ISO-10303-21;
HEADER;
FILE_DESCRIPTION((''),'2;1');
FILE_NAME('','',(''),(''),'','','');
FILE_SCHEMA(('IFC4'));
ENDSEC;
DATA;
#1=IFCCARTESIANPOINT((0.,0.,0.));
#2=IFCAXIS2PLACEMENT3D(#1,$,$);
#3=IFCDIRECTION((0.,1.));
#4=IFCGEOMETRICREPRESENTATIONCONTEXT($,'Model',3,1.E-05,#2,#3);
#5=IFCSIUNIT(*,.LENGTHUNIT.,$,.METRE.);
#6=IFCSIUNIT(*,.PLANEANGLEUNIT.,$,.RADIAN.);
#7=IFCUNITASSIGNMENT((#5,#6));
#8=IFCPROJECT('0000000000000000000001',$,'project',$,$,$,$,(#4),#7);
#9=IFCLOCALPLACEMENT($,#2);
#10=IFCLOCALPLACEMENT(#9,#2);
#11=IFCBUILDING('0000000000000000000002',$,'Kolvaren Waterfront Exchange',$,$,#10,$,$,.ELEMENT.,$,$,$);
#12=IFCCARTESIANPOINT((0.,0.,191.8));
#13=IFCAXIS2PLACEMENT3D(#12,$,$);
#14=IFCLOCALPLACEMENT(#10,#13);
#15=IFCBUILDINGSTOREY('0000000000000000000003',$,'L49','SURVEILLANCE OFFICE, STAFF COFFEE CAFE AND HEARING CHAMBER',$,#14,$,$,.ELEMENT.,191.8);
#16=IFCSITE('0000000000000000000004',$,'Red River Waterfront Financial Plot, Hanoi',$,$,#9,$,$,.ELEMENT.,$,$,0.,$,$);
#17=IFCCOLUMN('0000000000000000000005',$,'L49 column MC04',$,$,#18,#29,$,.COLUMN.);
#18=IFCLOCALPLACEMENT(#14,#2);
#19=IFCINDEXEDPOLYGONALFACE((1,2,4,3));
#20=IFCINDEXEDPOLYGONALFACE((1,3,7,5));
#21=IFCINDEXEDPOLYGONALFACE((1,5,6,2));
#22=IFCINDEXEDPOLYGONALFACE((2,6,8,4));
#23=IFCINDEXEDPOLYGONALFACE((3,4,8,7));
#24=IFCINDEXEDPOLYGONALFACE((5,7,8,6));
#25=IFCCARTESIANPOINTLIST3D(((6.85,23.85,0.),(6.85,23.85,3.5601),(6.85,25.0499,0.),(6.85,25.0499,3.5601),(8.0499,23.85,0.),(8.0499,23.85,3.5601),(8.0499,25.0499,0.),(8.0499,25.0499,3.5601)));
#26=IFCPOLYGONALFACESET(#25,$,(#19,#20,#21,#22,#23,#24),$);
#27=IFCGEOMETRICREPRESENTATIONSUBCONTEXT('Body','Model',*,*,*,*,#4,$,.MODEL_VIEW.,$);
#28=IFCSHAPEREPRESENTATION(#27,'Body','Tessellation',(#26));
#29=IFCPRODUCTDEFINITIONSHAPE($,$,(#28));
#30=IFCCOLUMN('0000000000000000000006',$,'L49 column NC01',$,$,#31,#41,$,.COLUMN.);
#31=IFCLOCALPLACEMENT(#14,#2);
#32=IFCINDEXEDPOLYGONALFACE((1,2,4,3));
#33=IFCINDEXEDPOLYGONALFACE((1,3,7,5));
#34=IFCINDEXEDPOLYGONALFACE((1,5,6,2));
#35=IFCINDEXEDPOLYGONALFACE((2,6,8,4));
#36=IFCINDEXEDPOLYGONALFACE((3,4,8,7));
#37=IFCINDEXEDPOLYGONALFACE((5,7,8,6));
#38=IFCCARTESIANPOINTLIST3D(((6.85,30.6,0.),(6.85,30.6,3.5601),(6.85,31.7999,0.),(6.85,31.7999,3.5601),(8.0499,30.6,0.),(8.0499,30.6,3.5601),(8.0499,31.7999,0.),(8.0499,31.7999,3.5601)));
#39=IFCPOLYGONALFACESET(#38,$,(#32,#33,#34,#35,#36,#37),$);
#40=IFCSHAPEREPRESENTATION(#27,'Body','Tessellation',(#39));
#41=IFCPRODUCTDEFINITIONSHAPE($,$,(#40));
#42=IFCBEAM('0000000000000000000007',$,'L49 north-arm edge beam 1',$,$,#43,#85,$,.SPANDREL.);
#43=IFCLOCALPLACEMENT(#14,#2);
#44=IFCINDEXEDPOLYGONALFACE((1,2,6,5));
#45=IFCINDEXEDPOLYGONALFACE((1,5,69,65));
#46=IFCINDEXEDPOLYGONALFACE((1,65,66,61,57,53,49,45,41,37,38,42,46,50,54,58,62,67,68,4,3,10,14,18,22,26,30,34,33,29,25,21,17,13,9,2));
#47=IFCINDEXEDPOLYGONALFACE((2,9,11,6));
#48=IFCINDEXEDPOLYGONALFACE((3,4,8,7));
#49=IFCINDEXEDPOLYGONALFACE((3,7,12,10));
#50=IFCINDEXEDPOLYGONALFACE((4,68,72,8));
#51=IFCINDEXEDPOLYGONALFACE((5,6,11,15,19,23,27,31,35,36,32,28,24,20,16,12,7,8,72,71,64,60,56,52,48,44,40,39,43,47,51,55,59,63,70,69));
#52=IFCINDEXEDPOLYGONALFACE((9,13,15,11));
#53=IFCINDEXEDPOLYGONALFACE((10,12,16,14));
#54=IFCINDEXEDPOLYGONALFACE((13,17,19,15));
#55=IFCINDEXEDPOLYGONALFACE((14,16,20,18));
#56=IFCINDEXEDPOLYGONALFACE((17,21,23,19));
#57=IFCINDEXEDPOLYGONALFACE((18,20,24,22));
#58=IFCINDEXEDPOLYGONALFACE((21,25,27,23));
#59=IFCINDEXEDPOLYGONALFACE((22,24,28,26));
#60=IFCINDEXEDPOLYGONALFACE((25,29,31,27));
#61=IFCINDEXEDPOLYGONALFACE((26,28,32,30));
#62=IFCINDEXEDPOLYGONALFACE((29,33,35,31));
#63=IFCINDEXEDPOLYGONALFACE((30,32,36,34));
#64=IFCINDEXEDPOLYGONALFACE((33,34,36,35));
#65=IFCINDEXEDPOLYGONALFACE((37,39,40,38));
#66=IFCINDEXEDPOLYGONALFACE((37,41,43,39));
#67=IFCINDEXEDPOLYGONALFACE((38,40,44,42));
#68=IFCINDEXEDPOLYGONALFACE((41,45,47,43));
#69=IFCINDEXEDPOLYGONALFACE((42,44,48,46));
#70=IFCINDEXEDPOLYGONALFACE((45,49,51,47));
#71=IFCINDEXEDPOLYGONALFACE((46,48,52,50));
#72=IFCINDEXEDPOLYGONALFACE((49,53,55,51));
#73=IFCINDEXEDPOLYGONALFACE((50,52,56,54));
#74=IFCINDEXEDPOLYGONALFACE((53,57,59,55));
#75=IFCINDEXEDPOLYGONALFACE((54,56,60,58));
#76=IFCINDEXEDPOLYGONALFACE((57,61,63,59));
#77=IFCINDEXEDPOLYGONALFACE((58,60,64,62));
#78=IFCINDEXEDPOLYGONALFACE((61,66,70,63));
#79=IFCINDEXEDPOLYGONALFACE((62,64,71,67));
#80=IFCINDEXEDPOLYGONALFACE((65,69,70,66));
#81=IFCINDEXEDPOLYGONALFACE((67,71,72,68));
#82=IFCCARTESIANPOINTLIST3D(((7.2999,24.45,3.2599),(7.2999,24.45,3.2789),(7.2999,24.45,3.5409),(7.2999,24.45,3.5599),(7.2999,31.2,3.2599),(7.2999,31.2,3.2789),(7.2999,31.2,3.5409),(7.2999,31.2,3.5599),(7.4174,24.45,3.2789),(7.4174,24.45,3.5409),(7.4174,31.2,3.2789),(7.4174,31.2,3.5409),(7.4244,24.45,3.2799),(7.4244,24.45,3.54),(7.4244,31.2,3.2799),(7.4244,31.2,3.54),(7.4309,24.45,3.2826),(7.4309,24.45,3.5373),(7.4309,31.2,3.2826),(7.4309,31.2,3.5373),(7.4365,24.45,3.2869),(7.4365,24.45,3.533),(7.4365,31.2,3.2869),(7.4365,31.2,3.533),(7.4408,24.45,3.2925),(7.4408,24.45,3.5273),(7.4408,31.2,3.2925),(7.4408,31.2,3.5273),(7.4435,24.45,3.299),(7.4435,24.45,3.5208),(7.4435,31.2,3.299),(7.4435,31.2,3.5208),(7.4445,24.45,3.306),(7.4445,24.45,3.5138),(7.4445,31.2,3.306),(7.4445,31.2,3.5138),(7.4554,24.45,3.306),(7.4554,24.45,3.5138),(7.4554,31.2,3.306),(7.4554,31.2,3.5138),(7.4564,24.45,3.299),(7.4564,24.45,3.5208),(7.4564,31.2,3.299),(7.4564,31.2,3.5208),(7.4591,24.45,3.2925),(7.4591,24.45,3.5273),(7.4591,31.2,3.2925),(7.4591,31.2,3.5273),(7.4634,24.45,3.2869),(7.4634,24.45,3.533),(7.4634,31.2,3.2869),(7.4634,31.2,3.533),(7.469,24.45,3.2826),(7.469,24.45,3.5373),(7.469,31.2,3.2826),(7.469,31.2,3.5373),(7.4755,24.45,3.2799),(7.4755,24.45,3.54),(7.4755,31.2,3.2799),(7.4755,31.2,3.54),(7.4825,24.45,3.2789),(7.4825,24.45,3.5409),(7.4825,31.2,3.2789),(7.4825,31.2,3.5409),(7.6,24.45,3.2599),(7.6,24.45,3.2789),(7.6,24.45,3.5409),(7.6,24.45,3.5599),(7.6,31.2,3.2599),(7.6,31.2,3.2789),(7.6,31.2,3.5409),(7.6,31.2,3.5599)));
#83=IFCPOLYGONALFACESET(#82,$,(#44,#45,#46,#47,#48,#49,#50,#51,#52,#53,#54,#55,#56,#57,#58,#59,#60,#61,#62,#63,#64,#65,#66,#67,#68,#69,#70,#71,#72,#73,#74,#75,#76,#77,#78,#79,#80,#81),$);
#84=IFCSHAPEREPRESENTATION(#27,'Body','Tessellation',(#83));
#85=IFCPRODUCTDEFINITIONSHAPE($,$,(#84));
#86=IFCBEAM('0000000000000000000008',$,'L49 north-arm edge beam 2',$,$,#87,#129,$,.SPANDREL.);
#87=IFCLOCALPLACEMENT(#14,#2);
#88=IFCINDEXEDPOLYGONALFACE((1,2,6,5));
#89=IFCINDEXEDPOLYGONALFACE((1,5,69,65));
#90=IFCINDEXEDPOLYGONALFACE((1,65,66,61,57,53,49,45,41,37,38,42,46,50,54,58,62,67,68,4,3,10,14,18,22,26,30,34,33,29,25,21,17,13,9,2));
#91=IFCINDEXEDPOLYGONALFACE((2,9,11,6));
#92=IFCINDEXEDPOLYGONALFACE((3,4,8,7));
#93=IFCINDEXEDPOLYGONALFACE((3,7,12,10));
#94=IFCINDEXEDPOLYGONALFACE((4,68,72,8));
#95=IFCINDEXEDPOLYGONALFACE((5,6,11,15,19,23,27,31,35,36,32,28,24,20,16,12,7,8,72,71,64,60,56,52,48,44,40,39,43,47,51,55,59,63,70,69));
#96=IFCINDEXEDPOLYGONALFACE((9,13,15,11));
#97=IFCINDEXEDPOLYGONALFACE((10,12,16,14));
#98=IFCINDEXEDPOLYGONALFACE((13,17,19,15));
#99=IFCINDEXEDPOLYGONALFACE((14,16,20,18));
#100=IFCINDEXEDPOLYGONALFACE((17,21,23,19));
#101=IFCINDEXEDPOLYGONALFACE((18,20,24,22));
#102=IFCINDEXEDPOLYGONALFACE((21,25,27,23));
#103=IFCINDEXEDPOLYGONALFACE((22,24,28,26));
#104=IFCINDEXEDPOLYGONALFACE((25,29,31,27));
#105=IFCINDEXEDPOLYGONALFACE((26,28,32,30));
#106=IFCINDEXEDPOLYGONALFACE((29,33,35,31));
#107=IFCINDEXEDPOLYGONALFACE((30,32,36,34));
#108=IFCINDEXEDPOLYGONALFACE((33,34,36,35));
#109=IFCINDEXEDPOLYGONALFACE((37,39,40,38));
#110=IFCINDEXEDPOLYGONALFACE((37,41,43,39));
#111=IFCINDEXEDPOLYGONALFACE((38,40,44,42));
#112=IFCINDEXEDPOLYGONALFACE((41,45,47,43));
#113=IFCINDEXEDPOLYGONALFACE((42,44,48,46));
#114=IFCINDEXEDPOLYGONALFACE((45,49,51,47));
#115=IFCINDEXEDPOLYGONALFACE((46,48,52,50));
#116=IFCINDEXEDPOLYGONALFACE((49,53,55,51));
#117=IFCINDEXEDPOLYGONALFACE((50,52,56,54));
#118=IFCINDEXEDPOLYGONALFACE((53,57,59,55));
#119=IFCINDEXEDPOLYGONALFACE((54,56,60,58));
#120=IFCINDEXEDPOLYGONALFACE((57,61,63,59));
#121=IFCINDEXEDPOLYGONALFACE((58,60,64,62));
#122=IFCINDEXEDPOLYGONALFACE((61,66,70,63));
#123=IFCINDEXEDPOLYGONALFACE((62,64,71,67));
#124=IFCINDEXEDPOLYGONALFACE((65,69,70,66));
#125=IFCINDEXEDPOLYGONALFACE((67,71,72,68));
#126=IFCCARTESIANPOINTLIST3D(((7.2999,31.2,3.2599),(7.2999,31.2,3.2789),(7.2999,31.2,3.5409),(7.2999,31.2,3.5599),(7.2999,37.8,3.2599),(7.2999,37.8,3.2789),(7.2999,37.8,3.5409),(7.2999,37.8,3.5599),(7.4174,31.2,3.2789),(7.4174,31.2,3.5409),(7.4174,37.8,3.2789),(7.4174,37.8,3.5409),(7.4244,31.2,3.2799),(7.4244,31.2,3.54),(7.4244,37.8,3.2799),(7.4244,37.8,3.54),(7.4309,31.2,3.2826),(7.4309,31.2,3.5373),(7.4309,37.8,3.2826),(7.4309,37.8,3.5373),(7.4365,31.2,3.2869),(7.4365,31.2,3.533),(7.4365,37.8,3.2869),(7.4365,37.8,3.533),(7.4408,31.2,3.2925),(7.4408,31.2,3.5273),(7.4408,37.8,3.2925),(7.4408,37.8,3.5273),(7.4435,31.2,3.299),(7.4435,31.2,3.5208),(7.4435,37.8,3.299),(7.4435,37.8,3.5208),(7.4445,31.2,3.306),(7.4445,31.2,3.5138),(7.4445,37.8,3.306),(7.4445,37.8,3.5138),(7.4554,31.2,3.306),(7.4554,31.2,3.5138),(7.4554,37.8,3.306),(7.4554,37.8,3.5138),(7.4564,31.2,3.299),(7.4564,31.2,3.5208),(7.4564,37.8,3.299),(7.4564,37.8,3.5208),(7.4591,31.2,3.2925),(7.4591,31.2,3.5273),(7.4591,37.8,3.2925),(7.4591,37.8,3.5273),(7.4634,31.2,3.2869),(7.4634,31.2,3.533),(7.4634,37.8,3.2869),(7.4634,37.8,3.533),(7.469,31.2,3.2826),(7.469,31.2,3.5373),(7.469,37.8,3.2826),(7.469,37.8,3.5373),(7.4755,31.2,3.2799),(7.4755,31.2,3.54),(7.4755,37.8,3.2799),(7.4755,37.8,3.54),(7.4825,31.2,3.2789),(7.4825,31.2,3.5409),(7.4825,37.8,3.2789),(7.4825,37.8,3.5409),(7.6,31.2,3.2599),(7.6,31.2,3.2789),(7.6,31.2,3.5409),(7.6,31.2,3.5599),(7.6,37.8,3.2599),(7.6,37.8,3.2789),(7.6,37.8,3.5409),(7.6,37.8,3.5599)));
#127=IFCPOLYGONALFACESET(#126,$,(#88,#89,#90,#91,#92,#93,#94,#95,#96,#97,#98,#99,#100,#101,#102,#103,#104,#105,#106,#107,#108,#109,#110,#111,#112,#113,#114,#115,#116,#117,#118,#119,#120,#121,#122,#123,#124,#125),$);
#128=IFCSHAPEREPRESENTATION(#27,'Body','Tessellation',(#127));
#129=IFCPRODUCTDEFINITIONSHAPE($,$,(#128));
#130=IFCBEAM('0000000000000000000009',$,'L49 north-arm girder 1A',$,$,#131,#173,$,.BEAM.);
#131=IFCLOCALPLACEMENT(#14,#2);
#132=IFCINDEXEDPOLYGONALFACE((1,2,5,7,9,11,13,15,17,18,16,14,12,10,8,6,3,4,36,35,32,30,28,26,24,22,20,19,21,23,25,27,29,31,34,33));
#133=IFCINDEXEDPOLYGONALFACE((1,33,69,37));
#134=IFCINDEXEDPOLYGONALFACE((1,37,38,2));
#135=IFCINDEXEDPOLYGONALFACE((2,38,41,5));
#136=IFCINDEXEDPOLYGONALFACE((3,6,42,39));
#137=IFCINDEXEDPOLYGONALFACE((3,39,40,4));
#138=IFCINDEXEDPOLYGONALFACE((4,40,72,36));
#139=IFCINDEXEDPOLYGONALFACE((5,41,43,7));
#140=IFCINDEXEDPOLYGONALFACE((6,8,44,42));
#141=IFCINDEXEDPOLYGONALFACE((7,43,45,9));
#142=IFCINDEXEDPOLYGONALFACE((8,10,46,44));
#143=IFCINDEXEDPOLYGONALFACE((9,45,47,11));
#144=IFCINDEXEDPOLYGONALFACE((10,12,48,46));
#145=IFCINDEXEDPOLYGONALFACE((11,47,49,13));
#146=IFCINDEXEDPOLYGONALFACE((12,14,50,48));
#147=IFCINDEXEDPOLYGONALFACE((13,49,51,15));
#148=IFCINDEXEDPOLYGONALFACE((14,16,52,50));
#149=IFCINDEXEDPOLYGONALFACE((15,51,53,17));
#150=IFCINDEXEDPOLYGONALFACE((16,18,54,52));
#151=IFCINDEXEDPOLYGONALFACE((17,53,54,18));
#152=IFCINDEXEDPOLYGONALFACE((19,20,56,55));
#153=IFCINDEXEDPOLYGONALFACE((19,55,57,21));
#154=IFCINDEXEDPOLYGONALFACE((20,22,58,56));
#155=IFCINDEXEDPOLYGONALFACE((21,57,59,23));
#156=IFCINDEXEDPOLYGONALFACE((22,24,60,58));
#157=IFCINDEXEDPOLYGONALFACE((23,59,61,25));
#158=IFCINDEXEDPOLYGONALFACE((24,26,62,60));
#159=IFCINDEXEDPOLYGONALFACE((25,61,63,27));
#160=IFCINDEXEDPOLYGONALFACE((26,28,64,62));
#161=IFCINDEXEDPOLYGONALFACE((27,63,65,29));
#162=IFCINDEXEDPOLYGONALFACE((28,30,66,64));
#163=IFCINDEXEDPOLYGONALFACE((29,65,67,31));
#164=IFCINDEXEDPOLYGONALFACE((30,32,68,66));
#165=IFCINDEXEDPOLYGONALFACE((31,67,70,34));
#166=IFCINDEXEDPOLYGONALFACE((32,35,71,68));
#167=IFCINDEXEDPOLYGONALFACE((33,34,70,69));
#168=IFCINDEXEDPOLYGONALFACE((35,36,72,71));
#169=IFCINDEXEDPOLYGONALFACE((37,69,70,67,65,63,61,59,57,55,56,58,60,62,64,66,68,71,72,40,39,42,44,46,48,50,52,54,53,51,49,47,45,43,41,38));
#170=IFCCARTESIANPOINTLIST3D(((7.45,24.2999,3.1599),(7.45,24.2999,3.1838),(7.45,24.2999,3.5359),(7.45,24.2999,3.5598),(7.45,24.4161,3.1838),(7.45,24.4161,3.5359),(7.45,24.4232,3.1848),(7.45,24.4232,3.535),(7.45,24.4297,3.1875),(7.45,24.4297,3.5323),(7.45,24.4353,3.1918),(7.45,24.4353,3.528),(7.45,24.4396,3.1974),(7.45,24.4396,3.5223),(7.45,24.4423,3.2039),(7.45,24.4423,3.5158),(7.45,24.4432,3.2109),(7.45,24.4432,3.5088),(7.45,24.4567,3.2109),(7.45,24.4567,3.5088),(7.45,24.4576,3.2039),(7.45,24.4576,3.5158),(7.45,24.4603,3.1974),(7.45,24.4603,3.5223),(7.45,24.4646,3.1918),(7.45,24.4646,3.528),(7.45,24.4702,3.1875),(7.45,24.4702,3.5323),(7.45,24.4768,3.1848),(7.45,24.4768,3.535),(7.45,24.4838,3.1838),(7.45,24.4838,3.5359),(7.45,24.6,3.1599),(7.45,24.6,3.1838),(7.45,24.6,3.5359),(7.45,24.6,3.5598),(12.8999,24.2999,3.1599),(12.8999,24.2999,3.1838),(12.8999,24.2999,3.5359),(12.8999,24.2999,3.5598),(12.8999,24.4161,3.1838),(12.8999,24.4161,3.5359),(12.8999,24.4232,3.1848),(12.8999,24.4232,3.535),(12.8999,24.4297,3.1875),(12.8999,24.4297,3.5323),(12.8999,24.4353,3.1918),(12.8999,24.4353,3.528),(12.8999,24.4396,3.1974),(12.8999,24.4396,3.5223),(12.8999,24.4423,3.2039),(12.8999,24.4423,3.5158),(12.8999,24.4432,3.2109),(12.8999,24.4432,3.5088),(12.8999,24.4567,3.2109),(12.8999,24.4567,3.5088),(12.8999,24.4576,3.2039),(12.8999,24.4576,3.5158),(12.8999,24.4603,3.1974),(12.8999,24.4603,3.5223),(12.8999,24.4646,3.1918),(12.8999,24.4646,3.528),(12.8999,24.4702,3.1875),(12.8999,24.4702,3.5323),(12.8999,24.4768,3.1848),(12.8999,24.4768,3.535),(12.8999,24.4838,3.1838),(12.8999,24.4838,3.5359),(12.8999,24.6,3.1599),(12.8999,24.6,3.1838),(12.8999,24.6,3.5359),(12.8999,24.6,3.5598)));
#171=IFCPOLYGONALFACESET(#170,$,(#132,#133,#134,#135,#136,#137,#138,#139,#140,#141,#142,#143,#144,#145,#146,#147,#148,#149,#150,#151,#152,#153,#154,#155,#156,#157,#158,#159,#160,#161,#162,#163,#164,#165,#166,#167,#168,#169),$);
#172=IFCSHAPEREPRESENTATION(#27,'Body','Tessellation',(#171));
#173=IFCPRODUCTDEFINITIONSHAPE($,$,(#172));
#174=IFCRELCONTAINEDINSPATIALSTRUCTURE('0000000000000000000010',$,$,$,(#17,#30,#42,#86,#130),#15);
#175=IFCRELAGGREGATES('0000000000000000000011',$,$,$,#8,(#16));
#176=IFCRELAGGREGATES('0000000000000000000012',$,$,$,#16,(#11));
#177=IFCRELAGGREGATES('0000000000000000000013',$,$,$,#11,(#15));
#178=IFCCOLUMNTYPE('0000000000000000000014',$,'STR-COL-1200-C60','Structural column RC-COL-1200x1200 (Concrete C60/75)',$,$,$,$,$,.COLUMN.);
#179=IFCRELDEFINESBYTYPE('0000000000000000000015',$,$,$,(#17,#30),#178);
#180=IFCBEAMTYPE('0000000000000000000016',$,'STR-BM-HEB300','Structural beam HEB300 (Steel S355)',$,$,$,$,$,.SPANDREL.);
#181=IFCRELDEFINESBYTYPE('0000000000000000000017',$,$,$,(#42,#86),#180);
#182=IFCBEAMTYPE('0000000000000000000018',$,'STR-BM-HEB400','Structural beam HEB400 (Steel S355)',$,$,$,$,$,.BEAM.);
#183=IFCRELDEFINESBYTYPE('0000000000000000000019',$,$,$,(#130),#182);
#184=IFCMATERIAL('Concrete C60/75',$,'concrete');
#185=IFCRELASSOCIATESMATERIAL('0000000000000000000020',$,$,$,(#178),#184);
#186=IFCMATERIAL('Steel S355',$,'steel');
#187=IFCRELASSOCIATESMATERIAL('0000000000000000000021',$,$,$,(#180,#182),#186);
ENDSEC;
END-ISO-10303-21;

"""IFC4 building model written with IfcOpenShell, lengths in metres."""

from ifc_helpers import new_model, si_unit, direction, frame, origin, origin_2d, place, context, subcontext, project, spatial, rectangle, i_section, extrude, material, material_profile, profile_set, type_object, element, save


model = new_model("IFC4")

# Units and contexts
model_context = context("Model", 3, precision=1e-05, world=origin(), true_north=direction((0.0, 1.0)))
body_context = subcontext(model_context, "Body", "Model", "MODEL_VIEW")
ifc_project = project(units=[si_unit("LENGTHUNIT", "METRE"), si_unit("PLANEANGLEUNIT", "RADIAN")], contexts=[model_context])

# Site, building, storey
site_placement = place(None, origin())
site = spatial("IfcSite", under=ifc_project, at=site_placement, Name="Red River Waterfront Financial Plot, Hanoi", CompositionType="ELEMENT", RefElevation=0.0)
building_placement = place(site_placement, origin())
building = spatial("IfcBuilding", under=site, at=building_placement, Name="Kolvaren Waterfront Exchange", CompositionType="ELEMENT")
storey_placement = place(building_placement, frame((0.0, 0.0, 191.8)))
storey = spatial("IfcBuildingStorey", under=building, at=storey_placement, Name="L49", Description="SURVEILLANCE OFFICE, STAFF COFFEE CAFE AND HEARING CHAMBER", CompositionType="ELEMENT", Elevation=191.8)

# Columns
ifc_material_1 = material(Name="Concrete C60/75", Category="concrete")
ifc_material_profile_1 = material_profile(ifc_material_1, rectangle(XDim=1.2, YDim=1.2, at=origin_2d()), Name="RC-COL-1200x1200")
ifc_profile_set_1 = profile_set([ifc_material_profile_1], Name="Concrete C60/75")
column_type = type_object("IfcColumnType", Name="STR-COL-1200-C60", Description="Structural column RC-COL-1200x1200 (Concrete C60/75)", PredefinedType="COLUMN", material=ifc_profile_set_1)
for number, where, z_axis, x_axis, name in (
    (1, (7.45, 24.45, 0.0), (0.0, 0.0, 1.0), (1.0, 0.0, 0.0), "L49 column MC04"),
    (2, (7.45, 31.2, 0.0), (0.0, 0.0, 1.0), (1.0, 0.0, 0.0), "L49 column NC01"),
):
    element("IfcColumn", number, at=place(storey_placement, frame(where, z_axis=z_axis, x_axis=x_axis)), inside=storey, type_object=column_type, Name=name, PredefinedType="COLUMN", context=body_context, shape_type="SweptSolid", body=[
        extrude(rectangle(XDim=1.2, YDim=1.2, at=origin_2d()), origin(), (0.0, 0.0, 1.0), 3.5601),
    ])

# Beams
ifc_material_2 = material(Name="Steel S355", Category="steel")
ifc_material_profile_2 = material_profile(ifc_material_2, i_section(OverallWidth=0.3, OverallDepth=0.3, WebThickness=0.011, FlangeThickness=0.019, FilletRadius=0.0271, at=origin_2d()), Name="HEB300")
ifc_profile_set_2 = profile_set([ifc_material_profile_2], Name="Steel S355")
beam_type_1 = type_object("IfcBeamType", Name="STR-BM-HEB300", Description="Structural beam HEB300 (Steel S355)", PredefinedType="SPANDREL", material=ifc_profile_set_2)
beam_1_placement = place(storey_placement, frame((7.45, 24.45, 3.4099), z_axis=(0.0, 1.0, 0.0), x_axis=(-1.0, 0.0, 0.0)))
element("IfcBeam", 3, at=beam_1_placement, inside=storey, type_object=beam_type_1, Name="L49 north-arm edge beam 1", PredefinedType="SPANDREL", context=body_context, shape_type="SweptSolid", body=[
    extrude(i_section(OverallWidth=0.3, OverallDepth=0.3, WebThickness=0.011, FlangeThickness=0.019, FilletRadius=0.0271, at=origin_2d()), origin(), (0.0, 0.0, 1.0), 6.75),
])
beam_2_placement = place(storey_placement, frame((7.45, 31.2, 3.4099), z_axis=(0.0, 1.0, 0.0), x_axis=(-1.0, 0.0, 0.0)))
element("IfcBeam", 4, at=beam_2_placement, inside=storey, type_object=beam_type_1, Name="L49 north-arm edge beam 2", PredefinedType="SPANDREL", context=body_context, shape_type="SweptSolid", body=[
    extrude(i_section(OverallWidth=0.3, OverallDepth=0.3, WebThickness=0.011, FlangeThickness=0.019, FilletRadius=0.0271, at=origin_2d()), origin(), (0.0, 0.0, 1.0), 6.6001),
])
ifc_material_profile_3 = material_profile(ifc_material_2, i_section(OverallWidth=0.3, OverallDepth=0.3999, WebThickness=0.0134, FlangeThickness=0.0239, FilletRadius=0.0271, at=origin_2d()), Name="HEB400")
ifc_profile_set_3 = profile_set([ifc_material_profile_3], Name="Steel S355")
beam_type_2 = type_object("IfcBeamType", Name="STR-BM-HEB400", Description="Structural beam HEB400 (Steel S355)", PredefinedType="BEAM", material=ifc_profile_set_3)
for number, where, z_axis, x_axis, name in (
    (5, (7.45, 24.45, 3.3599), (1.0, 0.0, 0.0), (0.0, 1.0, 0.0), "L49 north-arm girder 1A"),
):
    element("IfcBeam", number, at=place(storey_placement, frame(where, z_axis=z_axis, x_axis=x_axis)), inside=storey, type_object=beam_type_2, Name=name, PredefinedType="BEAM", context=body_context, shape_type="SweptSolid", body=[
        extrude(i_section(OverallWidth=0.3, OverallDepth=0.3999, WebThickness=0.0134, FlangeThickness=0.0239, FilletRadius=0.0271, at=origin_2d()), origin(), (0.0, 0.0, 1.0), 5.45),
    ])

save(model, "model.ifc")
